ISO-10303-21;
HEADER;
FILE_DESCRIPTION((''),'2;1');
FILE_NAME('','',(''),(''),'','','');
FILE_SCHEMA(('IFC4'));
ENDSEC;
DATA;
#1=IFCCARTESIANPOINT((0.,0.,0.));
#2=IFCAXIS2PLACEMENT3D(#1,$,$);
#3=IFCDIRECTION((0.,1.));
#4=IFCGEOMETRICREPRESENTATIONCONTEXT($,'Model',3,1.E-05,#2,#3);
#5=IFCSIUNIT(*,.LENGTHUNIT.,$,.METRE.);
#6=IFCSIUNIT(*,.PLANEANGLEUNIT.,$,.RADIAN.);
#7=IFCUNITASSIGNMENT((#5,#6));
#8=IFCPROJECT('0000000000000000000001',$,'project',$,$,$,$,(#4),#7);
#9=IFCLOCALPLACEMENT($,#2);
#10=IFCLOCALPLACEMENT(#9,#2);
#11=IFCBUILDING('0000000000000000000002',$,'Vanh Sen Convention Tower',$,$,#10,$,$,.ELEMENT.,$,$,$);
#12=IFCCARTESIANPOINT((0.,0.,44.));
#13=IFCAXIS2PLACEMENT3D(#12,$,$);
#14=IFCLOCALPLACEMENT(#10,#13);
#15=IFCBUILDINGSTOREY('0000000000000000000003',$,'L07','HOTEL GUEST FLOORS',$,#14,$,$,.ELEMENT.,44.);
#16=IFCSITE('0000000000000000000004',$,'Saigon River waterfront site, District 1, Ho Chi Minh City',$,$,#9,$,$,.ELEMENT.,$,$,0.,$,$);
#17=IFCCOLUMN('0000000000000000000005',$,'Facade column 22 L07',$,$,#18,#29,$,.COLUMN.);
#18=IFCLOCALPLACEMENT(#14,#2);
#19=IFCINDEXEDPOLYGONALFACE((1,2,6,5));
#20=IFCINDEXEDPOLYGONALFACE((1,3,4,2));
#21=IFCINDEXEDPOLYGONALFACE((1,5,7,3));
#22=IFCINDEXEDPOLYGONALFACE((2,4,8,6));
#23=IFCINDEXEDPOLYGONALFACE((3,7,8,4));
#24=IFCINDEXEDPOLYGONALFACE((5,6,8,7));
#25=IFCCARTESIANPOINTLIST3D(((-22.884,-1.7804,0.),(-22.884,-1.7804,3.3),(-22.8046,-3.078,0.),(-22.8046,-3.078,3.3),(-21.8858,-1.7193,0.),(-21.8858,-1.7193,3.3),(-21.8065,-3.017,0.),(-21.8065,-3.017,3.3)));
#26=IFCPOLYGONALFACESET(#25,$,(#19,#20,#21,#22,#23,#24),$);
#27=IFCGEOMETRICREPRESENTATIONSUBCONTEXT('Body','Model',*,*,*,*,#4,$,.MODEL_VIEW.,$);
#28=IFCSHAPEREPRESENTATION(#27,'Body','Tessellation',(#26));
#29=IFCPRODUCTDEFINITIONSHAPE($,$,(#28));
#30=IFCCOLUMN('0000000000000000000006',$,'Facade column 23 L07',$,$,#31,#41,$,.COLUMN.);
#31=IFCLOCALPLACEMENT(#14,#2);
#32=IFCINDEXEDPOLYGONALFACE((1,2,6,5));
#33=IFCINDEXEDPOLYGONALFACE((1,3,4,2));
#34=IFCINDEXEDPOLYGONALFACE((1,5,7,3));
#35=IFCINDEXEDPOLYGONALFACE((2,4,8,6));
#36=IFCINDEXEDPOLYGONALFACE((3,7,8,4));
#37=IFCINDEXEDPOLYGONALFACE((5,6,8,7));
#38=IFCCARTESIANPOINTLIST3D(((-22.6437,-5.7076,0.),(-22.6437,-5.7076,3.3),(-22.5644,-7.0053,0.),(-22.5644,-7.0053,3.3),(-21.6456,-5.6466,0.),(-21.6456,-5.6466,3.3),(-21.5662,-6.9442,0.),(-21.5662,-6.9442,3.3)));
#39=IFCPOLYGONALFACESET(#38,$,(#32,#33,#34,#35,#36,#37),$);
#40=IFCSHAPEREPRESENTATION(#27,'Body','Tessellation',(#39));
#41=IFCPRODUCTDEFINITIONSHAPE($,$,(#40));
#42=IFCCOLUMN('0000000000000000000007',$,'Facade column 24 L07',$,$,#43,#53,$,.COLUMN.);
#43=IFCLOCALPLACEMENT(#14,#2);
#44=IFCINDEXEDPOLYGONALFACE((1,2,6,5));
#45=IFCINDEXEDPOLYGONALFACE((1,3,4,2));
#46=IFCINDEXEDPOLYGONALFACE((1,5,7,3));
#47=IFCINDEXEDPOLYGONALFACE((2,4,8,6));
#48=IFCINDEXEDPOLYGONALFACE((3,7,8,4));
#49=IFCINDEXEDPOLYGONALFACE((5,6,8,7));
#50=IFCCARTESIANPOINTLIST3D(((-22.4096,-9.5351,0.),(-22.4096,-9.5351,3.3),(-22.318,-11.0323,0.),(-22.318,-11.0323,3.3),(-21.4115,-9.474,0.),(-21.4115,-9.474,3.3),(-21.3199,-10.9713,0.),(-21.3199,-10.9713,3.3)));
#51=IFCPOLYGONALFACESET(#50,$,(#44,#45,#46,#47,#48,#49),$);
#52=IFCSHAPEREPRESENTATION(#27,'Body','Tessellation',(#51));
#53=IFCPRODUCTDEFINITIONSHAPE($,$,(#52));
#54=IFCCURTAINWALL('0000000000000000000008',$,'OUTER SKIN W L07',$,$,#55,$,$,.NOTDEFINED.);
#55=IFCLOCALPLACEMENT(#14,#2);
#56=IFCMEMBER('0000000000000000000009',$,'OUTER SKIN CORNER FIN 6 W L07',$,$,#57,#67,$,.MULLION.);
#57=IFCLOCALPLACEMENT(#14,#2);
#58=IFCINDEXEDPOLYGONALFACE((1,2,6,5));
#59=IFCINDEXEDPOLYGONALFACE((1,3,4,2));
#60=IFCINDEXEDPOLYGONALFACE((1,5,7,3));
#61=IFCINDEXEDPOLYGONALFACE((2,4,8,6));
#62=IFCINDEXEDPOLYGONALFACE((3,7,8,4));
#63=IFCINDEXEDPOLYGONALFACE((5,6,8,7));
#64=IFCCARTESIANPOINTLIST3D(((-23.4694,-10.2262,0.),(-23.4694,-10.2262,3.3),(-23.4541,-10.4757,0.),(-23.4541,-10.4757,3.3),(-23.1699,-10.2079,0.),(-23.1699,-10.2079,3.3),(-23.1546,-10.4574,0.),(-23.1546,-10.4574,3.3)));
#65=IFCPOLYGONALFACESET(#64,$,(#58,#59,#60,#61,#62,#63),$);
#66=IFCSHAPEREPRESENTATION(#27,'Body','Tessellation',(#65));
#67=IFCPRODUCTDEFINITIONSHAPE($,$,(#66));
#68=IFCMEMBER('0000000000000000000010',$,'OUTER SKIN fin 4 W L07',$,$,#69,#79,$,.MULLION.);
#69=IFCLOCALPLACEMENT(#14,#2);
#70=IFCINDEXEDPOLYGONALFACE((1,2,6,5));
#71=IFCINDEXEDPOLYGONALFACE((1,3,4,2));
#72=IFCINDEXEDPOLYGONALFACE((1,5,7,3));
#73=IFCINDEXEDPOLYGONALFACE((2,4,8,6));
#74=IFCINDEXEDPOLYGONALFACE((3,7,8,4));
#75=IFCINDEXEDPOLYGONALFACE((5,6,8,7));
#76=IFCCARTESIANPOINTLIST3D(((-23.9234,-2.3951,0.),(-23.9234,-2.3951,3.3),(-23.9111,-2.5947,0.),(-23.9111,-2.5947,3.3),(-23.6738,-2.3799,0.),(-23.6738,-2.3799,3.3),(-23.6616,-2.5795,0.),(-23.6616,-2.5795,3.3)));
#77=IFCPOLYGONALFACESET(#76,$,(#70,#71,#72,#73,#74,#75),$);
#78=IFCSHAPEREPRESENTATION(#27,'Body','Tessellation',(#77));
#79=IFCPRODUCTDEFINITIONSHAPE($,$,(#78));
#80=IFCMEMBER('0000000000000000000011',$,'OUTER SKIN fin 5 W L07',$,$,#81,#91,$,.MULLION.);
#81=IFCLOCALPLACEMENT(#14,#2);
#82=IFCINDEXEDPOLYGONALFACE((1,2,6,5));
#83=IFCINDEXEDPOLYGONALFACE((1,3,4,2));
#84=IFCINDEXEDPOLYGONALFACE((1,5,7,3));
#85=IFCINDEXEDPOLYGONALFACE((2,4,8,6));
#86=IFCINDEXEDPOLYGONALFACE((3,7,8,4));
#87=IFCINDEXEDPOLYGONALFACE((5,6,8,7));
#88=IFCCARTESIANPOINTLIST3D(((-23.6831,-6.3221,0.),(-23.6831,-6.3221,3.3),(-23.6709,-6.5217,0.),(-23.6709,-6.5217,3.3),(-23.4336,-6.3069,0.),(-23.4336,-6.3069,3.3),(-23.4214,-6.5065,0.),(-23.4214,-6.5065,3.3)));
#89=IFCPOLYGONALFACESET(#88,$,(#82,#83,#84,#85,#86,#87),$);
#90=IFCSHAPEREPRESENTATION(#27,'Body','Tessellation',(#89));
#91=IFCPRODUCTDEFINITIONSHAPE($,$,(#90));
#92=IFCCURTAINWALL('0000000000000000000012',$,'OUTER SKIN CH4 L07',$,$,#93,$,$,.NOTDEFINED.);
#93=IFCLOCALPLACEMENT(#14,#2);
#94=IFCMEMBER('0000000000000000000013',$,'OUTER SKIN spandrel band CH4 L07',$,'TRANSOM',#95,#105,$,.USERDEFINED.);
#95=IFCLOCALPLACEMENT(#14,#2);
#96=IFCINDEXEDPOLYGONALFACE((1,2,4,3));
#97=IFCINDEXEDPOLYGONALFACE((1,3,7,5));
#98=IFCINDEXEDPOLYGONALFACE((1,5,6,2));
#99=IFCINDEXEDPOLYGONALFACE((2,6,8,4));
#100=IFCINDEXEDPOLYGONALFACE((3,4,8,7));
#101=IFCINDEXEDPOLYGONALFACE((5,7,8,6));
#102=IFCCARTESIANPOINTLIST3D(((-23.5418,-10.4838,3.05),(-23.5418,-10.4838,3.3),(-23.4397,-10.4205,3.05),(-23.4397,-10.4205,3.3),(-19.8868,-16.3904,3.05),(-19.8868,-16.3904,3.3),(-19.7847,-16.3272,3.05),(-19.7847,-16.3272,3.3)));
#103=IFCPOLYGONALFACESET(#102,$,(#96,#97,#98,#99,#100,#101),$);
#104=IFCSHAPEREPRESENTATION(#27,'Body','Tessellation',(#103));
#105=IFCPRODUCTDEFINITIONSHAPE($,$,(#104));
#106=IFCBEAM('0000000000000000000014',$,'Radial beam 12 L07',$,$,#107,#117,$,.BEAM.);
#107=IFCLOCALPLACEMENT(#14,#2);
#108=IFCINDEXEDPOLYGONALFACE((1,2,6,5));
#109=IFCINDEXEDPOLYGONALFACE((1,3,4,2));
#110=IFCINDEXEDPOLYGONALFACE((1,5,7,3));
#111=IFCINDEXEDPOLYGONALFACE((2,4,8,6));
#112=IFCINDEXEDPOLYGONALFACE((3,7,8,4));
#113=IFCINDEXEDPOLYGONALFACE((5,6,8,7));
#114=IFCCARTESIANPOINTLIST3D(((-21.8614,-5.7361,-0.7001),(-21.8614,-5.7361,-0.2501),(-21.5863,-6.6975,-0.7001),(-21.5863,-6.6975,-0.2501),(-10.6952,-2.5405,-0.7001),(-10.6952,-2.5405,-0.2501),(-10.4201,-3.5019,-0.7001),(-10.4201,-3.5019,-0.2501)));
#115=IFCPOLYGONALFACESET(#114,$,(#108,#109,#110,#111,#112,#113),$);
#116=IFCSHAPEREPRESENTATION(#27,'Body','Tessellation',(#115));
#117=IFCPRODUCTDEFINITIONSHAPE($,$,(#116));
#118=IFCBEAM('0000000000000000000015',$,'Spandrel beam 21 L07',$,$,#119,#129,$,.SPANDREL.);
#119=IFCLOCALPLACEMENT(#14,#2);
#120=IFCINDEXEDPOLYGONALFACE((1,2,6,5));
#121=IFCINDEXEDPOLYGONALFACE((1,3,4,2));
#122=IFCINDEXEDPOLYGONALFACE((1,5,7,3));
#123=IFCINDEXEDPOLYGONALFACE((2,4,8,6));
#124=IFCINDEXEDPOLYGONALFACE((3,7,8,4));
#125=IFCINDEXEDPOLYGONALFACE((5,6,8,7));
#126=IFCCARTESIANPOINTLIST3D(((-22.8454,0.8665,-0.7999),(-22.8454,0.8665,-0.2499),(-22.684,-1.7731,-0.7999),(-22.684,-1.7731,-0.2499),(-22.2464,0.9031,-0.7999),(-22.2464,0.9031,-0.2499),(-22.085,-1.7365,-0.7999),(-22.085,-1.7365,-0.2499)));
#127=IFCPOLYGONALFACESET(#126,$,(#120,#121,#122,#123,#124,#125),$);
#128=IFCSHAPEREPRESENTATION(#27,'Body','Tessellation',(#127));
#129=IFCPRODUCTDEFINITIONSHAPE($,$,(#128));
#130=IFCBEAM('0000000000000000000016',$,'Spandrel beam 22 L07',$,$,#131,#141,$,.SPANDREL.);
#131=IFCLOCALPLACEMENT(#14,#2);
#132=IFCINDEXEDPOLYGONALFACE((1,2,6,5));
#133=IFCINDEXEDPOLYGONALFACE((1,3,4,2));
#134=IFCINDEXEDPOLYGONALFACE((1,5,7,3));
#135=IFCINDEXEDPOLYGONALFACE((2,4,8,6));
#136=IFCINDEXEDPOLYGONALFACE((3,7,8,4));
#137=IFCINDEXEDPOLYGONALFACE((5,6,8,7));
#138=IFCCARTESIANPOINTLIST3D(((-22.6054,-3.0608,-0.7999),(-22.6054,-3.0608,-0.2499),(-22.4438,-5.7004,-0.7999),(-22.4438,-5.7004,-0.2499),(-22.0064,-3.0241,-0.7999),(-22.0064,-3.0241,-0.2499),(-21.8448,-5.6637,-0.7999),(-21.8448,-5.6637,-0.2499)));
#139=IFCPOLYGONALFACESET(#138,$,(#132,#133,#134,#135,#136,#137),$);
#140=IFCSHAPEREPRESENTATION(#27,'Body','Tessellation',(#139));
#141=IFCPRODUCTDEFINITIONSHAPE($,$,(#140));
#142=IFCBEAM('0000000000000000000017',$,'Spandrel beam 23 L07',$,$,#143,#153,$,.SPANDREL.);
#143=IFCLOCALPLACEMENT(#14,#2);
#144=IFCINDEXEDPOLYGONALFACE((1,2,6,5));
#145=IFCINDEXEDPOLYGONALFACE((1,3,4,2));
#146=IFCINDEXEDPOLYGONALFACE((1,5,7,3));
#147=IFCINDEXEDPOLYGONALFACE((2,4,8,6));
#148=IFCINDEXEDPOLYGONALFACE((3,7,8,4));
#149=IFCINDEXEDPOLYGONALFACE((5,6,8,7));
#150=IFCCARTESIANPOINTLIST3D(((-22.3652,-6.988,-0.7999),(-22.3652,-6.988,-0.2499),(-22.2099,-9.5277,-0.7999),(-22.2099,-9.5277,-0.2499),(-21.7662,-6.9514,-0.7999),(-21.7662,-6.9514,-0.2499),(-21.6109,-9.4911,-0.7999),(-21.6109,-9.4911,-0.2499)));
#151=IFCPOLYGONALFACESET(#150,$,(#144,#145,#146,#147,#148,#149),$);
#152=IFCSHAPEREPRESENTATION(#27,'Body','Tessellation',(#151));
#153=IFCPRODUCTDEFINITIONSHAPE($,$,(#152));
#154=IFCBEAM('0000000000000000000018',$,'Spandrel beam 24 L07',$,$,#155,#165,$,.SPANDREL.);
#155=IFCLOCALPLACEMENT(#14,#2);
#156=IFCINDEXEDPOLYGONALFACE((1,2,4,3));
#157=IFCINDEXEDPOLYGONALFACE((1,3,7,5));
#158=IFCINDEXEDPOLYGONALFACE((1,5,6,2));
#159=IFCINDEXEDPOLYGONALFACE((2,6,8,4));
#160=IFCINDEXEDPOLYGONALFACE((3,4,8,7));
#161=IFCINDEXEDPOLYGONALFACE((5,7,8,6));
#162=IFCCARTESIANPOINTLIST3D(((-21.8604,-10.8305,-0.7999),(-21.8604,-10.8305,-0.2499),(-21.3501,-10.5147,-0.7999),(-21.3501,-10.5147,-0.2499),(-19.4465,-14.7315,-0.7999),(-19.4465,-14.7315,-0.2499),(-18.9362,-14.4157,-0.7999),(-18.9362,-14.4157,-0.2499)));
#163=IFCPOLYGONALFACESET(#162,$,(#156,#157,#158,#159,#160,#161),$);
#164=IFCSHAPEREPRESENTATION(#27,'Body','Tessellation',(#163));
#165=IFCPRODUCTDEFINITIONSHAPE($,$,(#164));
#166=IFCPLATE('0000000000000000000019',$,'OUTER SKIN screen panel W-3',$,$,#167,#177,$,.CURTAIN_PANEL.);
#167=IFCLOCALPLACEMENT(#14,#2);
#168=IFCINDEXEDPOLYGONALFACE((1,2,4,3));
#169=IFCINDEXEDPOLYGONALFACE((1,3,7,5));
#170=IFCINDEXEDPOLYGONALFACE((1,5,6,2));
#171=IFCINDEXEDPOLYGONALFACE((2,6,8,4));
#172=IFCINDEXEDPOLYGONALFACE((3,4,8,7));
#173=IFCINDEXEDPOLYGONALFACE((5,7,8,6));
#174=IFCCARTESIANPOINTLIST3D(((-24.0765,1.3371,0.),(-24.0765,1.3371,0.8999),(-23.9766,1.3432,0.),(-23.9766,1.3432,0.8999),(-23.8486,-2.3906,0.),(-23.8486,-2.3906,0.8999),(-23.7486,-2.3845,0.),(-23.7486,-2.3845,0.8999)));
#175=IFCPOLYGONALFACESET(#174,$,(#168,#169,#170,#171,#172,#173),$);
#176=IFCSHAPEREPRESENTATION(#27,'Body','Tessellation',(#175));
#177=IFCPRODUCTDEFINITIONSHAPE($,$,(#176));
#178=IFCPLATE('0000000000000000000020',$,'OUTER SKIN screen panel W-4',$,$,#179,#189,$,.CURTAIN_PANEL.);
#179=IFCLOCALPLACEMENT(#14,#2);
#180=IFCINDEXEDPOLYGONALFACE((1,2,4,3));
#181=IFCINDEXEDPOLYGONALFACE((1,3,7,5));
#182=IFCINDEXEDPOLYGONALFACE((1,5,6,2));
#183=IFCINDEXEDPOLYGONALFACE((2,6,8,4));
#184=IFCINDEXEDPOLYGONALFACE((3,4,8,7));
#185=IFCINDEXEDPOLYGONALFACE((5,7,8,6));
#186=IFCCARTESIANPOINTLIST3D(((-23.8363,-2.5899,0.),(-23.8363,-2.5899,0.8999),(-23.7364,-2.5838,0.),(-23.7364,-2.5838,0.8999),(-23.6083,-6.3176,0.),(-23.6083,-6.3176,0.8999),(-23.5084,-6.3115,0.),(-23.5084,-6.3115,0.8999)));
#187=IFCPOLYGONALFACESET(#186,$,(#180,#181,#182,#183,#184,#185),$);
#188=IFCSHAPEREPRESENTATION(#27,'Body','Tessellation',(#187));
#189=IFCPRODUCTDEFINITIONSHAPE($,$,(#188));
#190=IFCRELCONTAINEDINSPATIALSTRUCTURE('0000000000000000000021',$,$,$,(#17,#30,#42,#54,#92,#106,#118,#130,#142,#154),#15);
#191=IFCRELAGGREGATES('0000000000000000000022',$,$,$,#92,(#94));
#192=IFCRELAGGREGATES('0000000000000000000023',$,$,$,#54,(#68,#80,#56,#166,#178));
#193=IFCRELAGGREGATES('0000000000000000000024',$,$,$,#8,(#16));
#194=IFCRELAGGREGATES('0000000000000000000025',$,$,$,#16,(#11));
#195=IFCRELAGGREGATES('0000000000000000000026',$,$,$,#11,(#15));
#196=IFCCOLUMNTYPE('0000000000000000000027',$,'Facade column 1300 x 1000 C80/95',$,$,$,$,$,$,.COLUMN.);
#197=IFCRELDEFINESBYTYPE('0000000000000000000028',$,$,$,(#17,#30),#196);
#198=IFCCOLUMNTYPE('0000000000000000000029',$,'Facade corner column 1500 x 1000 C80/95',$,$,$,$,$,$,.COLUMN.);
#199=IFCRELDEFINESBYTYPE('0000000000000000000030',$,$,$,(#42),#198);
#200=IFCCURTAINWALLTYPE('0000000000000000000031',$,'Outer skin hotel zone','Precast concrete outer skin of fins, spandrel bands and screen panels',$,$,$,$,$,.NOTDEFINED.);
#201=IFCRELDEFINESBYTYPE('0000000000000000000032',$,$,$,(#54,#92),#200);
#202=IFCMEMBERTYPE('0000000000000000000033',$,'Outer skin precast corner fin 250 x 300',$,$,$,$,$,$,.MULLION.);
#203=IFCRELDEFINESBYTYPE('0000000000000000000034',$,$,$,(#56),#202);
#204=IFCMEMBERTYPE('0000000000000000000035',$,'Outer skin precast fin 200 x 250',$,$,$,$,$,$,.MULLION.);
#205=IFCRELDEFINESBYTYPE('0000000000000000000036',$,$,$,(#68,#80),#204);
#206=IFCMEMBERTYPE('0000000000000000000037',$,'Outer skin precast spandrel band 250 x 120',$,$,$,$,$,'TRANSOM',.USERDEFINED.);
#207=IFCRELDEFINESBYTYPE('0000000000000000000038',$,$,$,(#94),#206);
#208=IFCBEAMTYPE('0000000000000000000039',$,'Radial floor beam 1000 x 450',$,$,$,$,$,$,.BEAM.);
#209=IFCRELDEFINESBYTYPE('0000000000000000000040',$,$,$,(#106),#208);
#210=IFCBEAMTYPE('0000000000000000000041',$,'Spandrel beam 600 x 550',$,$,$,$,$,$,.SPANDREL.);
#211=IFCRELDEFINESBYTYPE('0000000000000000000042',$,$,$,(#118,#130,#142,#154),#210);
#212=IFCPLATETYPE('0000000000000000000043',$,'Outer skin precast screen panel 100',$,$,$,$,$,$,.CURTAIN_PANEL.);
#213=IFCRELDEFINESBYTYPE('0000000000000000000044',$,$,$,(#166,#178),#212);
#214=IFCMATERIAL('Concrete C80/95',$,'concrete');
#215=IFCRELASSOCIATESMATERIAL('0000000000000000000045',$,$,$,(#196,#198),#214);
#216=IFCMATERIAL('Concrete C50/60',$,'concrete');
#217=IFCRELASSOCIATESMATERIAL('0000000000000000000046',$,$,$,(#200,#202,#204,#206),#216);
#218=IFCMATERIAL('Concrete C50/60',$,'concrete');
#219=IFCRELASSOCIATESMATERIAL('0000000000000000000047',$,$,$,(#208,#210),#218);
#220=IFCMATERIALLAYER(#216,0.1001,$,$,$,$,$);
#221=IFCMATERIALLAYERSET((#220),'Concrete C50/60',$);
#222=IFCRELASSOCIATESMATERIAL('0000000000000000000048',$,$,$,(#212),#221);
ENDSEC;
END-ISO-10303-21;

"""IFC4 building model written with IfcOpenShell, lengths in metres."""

from ifc_helpers import new_model, si_unit, direction, frame, origin, origin_2d, place, context, subcontext, project, spatial, rectangle, extrude, material, layer, layer_set, material_profile, profile_set, type_object, element, aggregate, save


model = new_model("IFC4")

# Units and contexts
model_context = context("Model", 3, precision=1e-05, world=origin(), true_north=direction((0.0, 1.0)))
body_context = subcontext(model_context, "Body", "Model", "MODEL_VIEW")
ifc_project = project(units=[si_unit("LENGTHUNIT", "METRE"), si_unit("PLANEANGLEUNIT", "RADIAN")], contexts=[model_context])

# Site, building, storey
site_placement = place(None, origin())
site = spatial("IfcSite", under=ifc_project, at=site_placement, Name="Saigon River waterfront site, District 1, Ho Chi Minh City", CompositionType="ELEMENT", RefElevation=0.0)
building_placement = place(site_placement, origin())
building = spatial("IfcBuilding", under=site, at=building_placement, Name="Vanh Sen Convention Tower", CompositionType="ELEMENT")
storey_placement = place(building_placement, frame((0.0, 0.0, 44.0)))
storey = spatial("IfcBuildingStorey", under=building, at=storey_placement, Name="L07", Description="HOTEL GUEST FLOORS", CompositionType="ELEMENT", Elevation=44.0)

# Columns
ifc_material_1 = material(Name="Concrete C80/95", Category="concrete")
ifc_material_profile_1 = material_profile(ifc_material_1, rectangle(XDim=1.3, YDim=1.0, at=origin_2d()), Name="RC 1300X1000")
ifc_profile_set_1 = profile_set([ifc_material_profile_1], Name="Concrete C80/95")
column_type_1 = type_object("IfcColumnType", Name="Facade column 1300 x 1000 C80/95", PredefinedType="COLUMN", material=ifc_profile_set_1)
for number, where, z_axis, x_axis, name in (
    (1, (-22.3452, -2.3987, 0.0), (0.0, 0.0, 1.0), (0.061049, -0.998135, 0.0), "Facade column 22 L07"),
    (2, (-22.105, -6.3259, 0.0), (0.0, 0.0, 1.0), (0.061049, -0.998135, 0.0), "Facade column 23 L07"),
):
    element("IfcColumn", number, at=place(storey_placement, frame(where, z_axis=z_axis, x_axis=x_axis)), inside=storey, type_object=column_type_1, Name=name, PredefinedType="COLUMN", context=body_context, shape_type="SweptSolid", body=[
        extrude(rectangle(XDim=1.3, YDim=1.0, at=origin_2d()), origin(), (0.0, 0.0, 1.0), 3.3),
    ])
ifc_material_profile_2 = material_profile(ifc_material_1, rectangle(XDim=1.5, YDim=1.0, at=origin_2d()), Name="RC 1500X1000")
ifc_profile_set_2 = profile_set([ifc_material_profile_2], Name="Concrete C80/95")
column_type_2 = type_object("IfcColumnType", Name="Facade corner column 1500 x 1000 C80/95", PredefinedType="COLUMN", material=ifc_profile_set_2)
column_placement = place(storey_placement, frame((-21.8647, -10.2532, 0.0), z_axis=(0.0, 0.0, 1.0), x_axis=(0.061049, -0.998135, 0.0)))
element("IfcColumn", 3, at=column_placement, inside=storey, type_object=column_type_2, Name="Facade column 24 L07", PredefinedType="COLUMN", context=body_context, shape_type="SweptSolid", body=[
    extrude(rectangle(XDim=1.5, YDim=1.0, at=origin_2d()), origin(), (0.0, 0.0, 1.0), 3.3),
])

# Curtain wall, members
ifc_material_2 = material(Name="Concrete C50/60", Category="concrete")
curtain_wall_type = type_object("IfcCurtainWallType", Name="Outer skin hotel zone", Description="Precast concrete outer skin of fins, spandrel bands and screen panels", PredefinedType="NOTDEFINED", material=ifc_material_2)
curtain_wall_1_placement = place(storey_placement, origin())
curtain_wall_1 = element("IfcCurtainWall", 4, at=curtain_wall_1_placement, inside=storey, type_object=curtain_wall_type, Name="OUTER SKIN W L07", PredefinedType="NOTDEFINED")
ifc_material_profile_3 = material_profile(ifc_material_2, rectangle(XDim=0.25, YDim=0.3, at=origin_2d()), Name="Outer skin precast corner fin 250 x 300")
ifc_profile_set_3 = profile_set([ifc_material_profile_3], Name="Concrete C50/60")
member_type_1 = type_object("IfcMemberType", Name="Outer skin precast corner fin 250 x 300", PredefinedType="MULLION", material=ifc_profile_set_3)
member_1_placement = place(storey_placement, frame((-23.312, -10.3418, 0.0), z_axis=(0.0, 0.0, 1.0), x_axis=(0.061049, -0.998135, 0.0)))
member_1 = element("IfcMember", 5, at=member_1_placement, type_object=member_type_1, Name="OUTER SKIN CORNER FIN 6 W L07", PredefinedType="MULLION", context=body_context, shape_type="SweptSolid", body=[
    extrude(rectangle(XDim=0.25, YDim=0.3, at=origin_2d()), origin(), (0.0, 0.0, 1.0), 3.3),
])
ifc_material_profile_4 = material_profile(ifc_material_2, rectangle(XDim=0.2, YDim=0.25, at=origin_2d()), Name="Outer skin precast fin 200 x 250")
ifc_profile_set_4 = profile_set([ifc_material_profile_4], Name="Concrete C50/60")
member_type_2 = type_object("IfcMemberType", Name="Outer skin precast fin 200 x 250", PredefinedType="MULLION", material=ifc_profile_set_4)
member_2_placement = place(storey_placement, frame((-23.7925, -2.4873, 0.0), z_axis=(0.0, 0.0, 1.0), x_axis=(0.061049, -0.998135, 0.0)))
member_2 = element("IfcMember", 6, at=member_2_placement, type_object=member_type_2, Name="OUTER SKIN fin 4 W L07", PredefinedType="MULLION", context=body_context, shape_type="SweptSolid", body=[
    extrude(rectangle(XDim=0.2, YDim=0.25, at=origin_2d()), origin(), (0.0, 0.0, 1.0), 3.3),
])
member_3_placement = place(storey_placement, frame((-23.5522, -6.4143, 0.0), z_axis=(0.0, 0.0, 1.0), x_axis=(0.061049, -0.998135, 0.0)))
member_3 = element("IfcMember", 7, at=member_3_placement, type_object=member_type_2, Name="OUTER SKIN fin 5 W L07", PredefinedType="MULLION", context=body_context, shape_type="SweptSolid", body=[
    extrude(rectangle(XDim=0.2, YDim=0.25, at=origin_2d()), origin(), (0.0, 0.0, 1.0), 3.3),
])

# Curtain wall, member
curtain_wall_2_placement = place(storey_placement, origin())
curtain_wall_2 = element("IfcCurtainWall", 8, at=curtain_wall_2_placement, inside=storey, type_object=curtain_wall_type, Name="OUTER SKIN CH4 L07", PredefinedType="NOTDEFINED")
ifc_material_profile_5 = material_profile(ifc_material_2, rectangle(XDim=0.1201, YDim=0.25, at=origin_2d()), Name="Outer skin precast spandrel band 250 x 120")
ifc_profile_set_5 = profile_set([ifc_material_profile_5], Name="Concrete C50/60")
member_type_3 = type_object("IfcMemberType", Name="Outer skin precast spandrel band 250 x 120", ElementType="TRANSOM", PredefinedType="USERDEFINED", material=ifc_profile_set_5)
member_4_placement = place(storey_placement, frame((-23.4907, -10.4521, 3.175), z_axis=(0.526196, -0.850363, 0.0), x_axis=(0.850363, 0.526196, 0.0)))
member_4 = element("IfcMember", 9, at=member_4_placement, type_object=member_type_3, Name="OUTER SKIN spandrel band CH4 L07", ObjectType="TRANSOM", PredefinedType="USERDEFINED", context=body_context, shape_type="SweptSolid", body=[
    extrude(rectangle(XDim=0.1201, YDim=0.25, at=origin_2d()), origin(), (0.0, 0.0, 1.0), 6.946),
])
aggregate(curtain_wall_2, [member_4])

# Beams
ifc_material_3 = material(Name="Concrete C50/60", Category="concrete")
ifc_material_profile_6 = material_profile(ifc_material_3, rectangle(XDim=1.0, YDim=0.45, at=origin_2d()), Name="RC 1000X450")
ifc_profile_set_6 = profile_set([ifc_material_profile_6], Name="Concrete C50/60")
beam_type_1 = type_object("IfcBeamType", Name="Radial floor beam 1000 x 450", PredefinedType="BEAM", material=ifc_profile_set_6)
beam_1_placement = place(storey_placement, frame((-21.7239, -6.2168, -0.4751), z_axis=(0.961406, 0.275135, 0.0), x_axis=(-0.275135, 0.961406, 0.0)))
element("IfcBeam", 10, at=beam_1_placement, inside=storey, type_object=beam_type_1, Name="Radial beam 12 L07", PredefinedType="BEAM", context=body_context, shape_type="SweptSolid", body=[
    extrude(rectangle(XDim=1.0, YDim=0.45, at=origin_2d()), origin(), (0.0, 0.0, 1.0), 11.6145),
])
ifc_material_profile_7 = material_profile(ifc_material_3, rectangle(XDim=0.6001, YDim=0.55, at=origin_2d()), Name="RC 600X550")
ifc_profile_set_7 = profile_set([ifc_material_profile_7], Name="Concrete C50/60")
beam_type_2 = type_object("IfcBeamType", Name="Spandrel beam 600 x 550", PredefinedType="SPANDREL", material=ifc_profile_set_7)
for number, where, z_axis, x_axis, name in (
    (11, (-22.5459, 0.8848, -0.5249), (0.061022, -0.998136, 0.0), (0.998136, 0.061022, 0.0), "Spandrel beam 21 L07"),
    (12, (-22.3059, -3.0425, -0.5249), (0.061114, -0.998131, 0.0), (0.998131, 0.061114, 0.0), "Spandrel beam 22 L07"),
):
    element("IfcBeam", number, at=place(storey_placement, frame(where, z_axis=z_axis, x_axis=x_axis)), inside=storey, type_object=beam_type_2, Name=name, PredefinedType="SPANDREL", context=body_context, shape_type="SweptSolid", body=[
        extrude(rectangle(XDim=0.6001, YDim=0.55, at=origin_2d()), origin(), (0.0, 0.0, 1.0), 2.6445),
    ])
beam_2_placement = place(storey_placement, frame((-22.0657, -6.9697, -0.5249), z_axis=(0.061022, -0.998136, 0.0), x_axis=(0.998136, 0.061022, 0.0)))
element("IfcBeam", 13, at=beam_2_placement, inside=storey, type_object=beam_type_2, Name="Spandrel beam 23 L07", PredefinedType="SPANDREL", context=body_context, shape_type="SweptSolid", body=[
    extrude(rectangle(XDim=0.6001, YDim=0.55, at=origin_2d()), origin(), (0.0, 0.0, 1.0), 2.5444),
])
beam_3_placement = place(storey_placement, frame((-21.6052, -10.6726, -0.5249), z_axis=(0.526195, -0.850364, 0.0), x_axis=(0.850364, 0.526195, 0.0)))
element("IfcBeam", 14, at=beam_3_placement, inside=storey, type_object=beam_type_2, Name="Spandrel beam 24 L07", PredefinedType="SPANDREL", context=body_context, shape_type="SweptSolid", body=[
    extrude(rectangle(XDim=0.6001, YDim=0.55, at=origin_2d()), origin(), (0.0, 0.0, 1.0), 4.5874),
])

# Plates
ifc_layer_1 = layer(ifc_material_2, 0.1001)
ifc_layer_set_1 = layer_set([ifc_layer_1], Name="Concrete C50/60")
plate_type = type_object("IfcPlateType", Name="Outer skin precast screen panel 100", PredefinedType="CURTAIN_PANEL", material=ifc_layer_set_1)
plate_1_placement = place(storey_placement, frame((-23.9126, -0.5237, 0.0), z_axis=(0.0, 0.0, 1.0), x_axis=(0.061047, -0.998135, 0.0)))
plate_1 = element("IfcPlate", 15, at=plate_1_placement, type_object=plate_type, Name="OUTER SKIN screen panel W-3", PredefinedType="CURTAIN_PANEL", context=body_context, shape_type="SweptSolid", body=[
    extrude(rectangle(XDim=3.7346, YDim=0.1001, at=origin_2d()), origin(), (0.0, 0.0, 1.0), 0.8999),
])
plate_2_placement = place(storey_placement, frame((-23.6724, -4.4507, 0.0), z_axis=(0.0, 0.0, 1.0), x_axis=(0.061049, -0.998135, 0.0)))
plate_2 = element("IfcPlate", 16, at=plate_2_placement, type_object=plate_type, Name="OUTER SKIN screen panel W-4", PredefinedType="CURTAIN_PANEL", context=body_context, shape_type="SweptSolid", body=[
    extrude(rectangle(XDim=3.7346, YDim=0.1001, at=origin_2d()), origin(), (0.0, 0.0, 1.0), 0.8999),
])
aggregate(curtain_wall_1, [member_2, member_3, member_1, plate_1, plate_2])

save(model, "model.ifc")
